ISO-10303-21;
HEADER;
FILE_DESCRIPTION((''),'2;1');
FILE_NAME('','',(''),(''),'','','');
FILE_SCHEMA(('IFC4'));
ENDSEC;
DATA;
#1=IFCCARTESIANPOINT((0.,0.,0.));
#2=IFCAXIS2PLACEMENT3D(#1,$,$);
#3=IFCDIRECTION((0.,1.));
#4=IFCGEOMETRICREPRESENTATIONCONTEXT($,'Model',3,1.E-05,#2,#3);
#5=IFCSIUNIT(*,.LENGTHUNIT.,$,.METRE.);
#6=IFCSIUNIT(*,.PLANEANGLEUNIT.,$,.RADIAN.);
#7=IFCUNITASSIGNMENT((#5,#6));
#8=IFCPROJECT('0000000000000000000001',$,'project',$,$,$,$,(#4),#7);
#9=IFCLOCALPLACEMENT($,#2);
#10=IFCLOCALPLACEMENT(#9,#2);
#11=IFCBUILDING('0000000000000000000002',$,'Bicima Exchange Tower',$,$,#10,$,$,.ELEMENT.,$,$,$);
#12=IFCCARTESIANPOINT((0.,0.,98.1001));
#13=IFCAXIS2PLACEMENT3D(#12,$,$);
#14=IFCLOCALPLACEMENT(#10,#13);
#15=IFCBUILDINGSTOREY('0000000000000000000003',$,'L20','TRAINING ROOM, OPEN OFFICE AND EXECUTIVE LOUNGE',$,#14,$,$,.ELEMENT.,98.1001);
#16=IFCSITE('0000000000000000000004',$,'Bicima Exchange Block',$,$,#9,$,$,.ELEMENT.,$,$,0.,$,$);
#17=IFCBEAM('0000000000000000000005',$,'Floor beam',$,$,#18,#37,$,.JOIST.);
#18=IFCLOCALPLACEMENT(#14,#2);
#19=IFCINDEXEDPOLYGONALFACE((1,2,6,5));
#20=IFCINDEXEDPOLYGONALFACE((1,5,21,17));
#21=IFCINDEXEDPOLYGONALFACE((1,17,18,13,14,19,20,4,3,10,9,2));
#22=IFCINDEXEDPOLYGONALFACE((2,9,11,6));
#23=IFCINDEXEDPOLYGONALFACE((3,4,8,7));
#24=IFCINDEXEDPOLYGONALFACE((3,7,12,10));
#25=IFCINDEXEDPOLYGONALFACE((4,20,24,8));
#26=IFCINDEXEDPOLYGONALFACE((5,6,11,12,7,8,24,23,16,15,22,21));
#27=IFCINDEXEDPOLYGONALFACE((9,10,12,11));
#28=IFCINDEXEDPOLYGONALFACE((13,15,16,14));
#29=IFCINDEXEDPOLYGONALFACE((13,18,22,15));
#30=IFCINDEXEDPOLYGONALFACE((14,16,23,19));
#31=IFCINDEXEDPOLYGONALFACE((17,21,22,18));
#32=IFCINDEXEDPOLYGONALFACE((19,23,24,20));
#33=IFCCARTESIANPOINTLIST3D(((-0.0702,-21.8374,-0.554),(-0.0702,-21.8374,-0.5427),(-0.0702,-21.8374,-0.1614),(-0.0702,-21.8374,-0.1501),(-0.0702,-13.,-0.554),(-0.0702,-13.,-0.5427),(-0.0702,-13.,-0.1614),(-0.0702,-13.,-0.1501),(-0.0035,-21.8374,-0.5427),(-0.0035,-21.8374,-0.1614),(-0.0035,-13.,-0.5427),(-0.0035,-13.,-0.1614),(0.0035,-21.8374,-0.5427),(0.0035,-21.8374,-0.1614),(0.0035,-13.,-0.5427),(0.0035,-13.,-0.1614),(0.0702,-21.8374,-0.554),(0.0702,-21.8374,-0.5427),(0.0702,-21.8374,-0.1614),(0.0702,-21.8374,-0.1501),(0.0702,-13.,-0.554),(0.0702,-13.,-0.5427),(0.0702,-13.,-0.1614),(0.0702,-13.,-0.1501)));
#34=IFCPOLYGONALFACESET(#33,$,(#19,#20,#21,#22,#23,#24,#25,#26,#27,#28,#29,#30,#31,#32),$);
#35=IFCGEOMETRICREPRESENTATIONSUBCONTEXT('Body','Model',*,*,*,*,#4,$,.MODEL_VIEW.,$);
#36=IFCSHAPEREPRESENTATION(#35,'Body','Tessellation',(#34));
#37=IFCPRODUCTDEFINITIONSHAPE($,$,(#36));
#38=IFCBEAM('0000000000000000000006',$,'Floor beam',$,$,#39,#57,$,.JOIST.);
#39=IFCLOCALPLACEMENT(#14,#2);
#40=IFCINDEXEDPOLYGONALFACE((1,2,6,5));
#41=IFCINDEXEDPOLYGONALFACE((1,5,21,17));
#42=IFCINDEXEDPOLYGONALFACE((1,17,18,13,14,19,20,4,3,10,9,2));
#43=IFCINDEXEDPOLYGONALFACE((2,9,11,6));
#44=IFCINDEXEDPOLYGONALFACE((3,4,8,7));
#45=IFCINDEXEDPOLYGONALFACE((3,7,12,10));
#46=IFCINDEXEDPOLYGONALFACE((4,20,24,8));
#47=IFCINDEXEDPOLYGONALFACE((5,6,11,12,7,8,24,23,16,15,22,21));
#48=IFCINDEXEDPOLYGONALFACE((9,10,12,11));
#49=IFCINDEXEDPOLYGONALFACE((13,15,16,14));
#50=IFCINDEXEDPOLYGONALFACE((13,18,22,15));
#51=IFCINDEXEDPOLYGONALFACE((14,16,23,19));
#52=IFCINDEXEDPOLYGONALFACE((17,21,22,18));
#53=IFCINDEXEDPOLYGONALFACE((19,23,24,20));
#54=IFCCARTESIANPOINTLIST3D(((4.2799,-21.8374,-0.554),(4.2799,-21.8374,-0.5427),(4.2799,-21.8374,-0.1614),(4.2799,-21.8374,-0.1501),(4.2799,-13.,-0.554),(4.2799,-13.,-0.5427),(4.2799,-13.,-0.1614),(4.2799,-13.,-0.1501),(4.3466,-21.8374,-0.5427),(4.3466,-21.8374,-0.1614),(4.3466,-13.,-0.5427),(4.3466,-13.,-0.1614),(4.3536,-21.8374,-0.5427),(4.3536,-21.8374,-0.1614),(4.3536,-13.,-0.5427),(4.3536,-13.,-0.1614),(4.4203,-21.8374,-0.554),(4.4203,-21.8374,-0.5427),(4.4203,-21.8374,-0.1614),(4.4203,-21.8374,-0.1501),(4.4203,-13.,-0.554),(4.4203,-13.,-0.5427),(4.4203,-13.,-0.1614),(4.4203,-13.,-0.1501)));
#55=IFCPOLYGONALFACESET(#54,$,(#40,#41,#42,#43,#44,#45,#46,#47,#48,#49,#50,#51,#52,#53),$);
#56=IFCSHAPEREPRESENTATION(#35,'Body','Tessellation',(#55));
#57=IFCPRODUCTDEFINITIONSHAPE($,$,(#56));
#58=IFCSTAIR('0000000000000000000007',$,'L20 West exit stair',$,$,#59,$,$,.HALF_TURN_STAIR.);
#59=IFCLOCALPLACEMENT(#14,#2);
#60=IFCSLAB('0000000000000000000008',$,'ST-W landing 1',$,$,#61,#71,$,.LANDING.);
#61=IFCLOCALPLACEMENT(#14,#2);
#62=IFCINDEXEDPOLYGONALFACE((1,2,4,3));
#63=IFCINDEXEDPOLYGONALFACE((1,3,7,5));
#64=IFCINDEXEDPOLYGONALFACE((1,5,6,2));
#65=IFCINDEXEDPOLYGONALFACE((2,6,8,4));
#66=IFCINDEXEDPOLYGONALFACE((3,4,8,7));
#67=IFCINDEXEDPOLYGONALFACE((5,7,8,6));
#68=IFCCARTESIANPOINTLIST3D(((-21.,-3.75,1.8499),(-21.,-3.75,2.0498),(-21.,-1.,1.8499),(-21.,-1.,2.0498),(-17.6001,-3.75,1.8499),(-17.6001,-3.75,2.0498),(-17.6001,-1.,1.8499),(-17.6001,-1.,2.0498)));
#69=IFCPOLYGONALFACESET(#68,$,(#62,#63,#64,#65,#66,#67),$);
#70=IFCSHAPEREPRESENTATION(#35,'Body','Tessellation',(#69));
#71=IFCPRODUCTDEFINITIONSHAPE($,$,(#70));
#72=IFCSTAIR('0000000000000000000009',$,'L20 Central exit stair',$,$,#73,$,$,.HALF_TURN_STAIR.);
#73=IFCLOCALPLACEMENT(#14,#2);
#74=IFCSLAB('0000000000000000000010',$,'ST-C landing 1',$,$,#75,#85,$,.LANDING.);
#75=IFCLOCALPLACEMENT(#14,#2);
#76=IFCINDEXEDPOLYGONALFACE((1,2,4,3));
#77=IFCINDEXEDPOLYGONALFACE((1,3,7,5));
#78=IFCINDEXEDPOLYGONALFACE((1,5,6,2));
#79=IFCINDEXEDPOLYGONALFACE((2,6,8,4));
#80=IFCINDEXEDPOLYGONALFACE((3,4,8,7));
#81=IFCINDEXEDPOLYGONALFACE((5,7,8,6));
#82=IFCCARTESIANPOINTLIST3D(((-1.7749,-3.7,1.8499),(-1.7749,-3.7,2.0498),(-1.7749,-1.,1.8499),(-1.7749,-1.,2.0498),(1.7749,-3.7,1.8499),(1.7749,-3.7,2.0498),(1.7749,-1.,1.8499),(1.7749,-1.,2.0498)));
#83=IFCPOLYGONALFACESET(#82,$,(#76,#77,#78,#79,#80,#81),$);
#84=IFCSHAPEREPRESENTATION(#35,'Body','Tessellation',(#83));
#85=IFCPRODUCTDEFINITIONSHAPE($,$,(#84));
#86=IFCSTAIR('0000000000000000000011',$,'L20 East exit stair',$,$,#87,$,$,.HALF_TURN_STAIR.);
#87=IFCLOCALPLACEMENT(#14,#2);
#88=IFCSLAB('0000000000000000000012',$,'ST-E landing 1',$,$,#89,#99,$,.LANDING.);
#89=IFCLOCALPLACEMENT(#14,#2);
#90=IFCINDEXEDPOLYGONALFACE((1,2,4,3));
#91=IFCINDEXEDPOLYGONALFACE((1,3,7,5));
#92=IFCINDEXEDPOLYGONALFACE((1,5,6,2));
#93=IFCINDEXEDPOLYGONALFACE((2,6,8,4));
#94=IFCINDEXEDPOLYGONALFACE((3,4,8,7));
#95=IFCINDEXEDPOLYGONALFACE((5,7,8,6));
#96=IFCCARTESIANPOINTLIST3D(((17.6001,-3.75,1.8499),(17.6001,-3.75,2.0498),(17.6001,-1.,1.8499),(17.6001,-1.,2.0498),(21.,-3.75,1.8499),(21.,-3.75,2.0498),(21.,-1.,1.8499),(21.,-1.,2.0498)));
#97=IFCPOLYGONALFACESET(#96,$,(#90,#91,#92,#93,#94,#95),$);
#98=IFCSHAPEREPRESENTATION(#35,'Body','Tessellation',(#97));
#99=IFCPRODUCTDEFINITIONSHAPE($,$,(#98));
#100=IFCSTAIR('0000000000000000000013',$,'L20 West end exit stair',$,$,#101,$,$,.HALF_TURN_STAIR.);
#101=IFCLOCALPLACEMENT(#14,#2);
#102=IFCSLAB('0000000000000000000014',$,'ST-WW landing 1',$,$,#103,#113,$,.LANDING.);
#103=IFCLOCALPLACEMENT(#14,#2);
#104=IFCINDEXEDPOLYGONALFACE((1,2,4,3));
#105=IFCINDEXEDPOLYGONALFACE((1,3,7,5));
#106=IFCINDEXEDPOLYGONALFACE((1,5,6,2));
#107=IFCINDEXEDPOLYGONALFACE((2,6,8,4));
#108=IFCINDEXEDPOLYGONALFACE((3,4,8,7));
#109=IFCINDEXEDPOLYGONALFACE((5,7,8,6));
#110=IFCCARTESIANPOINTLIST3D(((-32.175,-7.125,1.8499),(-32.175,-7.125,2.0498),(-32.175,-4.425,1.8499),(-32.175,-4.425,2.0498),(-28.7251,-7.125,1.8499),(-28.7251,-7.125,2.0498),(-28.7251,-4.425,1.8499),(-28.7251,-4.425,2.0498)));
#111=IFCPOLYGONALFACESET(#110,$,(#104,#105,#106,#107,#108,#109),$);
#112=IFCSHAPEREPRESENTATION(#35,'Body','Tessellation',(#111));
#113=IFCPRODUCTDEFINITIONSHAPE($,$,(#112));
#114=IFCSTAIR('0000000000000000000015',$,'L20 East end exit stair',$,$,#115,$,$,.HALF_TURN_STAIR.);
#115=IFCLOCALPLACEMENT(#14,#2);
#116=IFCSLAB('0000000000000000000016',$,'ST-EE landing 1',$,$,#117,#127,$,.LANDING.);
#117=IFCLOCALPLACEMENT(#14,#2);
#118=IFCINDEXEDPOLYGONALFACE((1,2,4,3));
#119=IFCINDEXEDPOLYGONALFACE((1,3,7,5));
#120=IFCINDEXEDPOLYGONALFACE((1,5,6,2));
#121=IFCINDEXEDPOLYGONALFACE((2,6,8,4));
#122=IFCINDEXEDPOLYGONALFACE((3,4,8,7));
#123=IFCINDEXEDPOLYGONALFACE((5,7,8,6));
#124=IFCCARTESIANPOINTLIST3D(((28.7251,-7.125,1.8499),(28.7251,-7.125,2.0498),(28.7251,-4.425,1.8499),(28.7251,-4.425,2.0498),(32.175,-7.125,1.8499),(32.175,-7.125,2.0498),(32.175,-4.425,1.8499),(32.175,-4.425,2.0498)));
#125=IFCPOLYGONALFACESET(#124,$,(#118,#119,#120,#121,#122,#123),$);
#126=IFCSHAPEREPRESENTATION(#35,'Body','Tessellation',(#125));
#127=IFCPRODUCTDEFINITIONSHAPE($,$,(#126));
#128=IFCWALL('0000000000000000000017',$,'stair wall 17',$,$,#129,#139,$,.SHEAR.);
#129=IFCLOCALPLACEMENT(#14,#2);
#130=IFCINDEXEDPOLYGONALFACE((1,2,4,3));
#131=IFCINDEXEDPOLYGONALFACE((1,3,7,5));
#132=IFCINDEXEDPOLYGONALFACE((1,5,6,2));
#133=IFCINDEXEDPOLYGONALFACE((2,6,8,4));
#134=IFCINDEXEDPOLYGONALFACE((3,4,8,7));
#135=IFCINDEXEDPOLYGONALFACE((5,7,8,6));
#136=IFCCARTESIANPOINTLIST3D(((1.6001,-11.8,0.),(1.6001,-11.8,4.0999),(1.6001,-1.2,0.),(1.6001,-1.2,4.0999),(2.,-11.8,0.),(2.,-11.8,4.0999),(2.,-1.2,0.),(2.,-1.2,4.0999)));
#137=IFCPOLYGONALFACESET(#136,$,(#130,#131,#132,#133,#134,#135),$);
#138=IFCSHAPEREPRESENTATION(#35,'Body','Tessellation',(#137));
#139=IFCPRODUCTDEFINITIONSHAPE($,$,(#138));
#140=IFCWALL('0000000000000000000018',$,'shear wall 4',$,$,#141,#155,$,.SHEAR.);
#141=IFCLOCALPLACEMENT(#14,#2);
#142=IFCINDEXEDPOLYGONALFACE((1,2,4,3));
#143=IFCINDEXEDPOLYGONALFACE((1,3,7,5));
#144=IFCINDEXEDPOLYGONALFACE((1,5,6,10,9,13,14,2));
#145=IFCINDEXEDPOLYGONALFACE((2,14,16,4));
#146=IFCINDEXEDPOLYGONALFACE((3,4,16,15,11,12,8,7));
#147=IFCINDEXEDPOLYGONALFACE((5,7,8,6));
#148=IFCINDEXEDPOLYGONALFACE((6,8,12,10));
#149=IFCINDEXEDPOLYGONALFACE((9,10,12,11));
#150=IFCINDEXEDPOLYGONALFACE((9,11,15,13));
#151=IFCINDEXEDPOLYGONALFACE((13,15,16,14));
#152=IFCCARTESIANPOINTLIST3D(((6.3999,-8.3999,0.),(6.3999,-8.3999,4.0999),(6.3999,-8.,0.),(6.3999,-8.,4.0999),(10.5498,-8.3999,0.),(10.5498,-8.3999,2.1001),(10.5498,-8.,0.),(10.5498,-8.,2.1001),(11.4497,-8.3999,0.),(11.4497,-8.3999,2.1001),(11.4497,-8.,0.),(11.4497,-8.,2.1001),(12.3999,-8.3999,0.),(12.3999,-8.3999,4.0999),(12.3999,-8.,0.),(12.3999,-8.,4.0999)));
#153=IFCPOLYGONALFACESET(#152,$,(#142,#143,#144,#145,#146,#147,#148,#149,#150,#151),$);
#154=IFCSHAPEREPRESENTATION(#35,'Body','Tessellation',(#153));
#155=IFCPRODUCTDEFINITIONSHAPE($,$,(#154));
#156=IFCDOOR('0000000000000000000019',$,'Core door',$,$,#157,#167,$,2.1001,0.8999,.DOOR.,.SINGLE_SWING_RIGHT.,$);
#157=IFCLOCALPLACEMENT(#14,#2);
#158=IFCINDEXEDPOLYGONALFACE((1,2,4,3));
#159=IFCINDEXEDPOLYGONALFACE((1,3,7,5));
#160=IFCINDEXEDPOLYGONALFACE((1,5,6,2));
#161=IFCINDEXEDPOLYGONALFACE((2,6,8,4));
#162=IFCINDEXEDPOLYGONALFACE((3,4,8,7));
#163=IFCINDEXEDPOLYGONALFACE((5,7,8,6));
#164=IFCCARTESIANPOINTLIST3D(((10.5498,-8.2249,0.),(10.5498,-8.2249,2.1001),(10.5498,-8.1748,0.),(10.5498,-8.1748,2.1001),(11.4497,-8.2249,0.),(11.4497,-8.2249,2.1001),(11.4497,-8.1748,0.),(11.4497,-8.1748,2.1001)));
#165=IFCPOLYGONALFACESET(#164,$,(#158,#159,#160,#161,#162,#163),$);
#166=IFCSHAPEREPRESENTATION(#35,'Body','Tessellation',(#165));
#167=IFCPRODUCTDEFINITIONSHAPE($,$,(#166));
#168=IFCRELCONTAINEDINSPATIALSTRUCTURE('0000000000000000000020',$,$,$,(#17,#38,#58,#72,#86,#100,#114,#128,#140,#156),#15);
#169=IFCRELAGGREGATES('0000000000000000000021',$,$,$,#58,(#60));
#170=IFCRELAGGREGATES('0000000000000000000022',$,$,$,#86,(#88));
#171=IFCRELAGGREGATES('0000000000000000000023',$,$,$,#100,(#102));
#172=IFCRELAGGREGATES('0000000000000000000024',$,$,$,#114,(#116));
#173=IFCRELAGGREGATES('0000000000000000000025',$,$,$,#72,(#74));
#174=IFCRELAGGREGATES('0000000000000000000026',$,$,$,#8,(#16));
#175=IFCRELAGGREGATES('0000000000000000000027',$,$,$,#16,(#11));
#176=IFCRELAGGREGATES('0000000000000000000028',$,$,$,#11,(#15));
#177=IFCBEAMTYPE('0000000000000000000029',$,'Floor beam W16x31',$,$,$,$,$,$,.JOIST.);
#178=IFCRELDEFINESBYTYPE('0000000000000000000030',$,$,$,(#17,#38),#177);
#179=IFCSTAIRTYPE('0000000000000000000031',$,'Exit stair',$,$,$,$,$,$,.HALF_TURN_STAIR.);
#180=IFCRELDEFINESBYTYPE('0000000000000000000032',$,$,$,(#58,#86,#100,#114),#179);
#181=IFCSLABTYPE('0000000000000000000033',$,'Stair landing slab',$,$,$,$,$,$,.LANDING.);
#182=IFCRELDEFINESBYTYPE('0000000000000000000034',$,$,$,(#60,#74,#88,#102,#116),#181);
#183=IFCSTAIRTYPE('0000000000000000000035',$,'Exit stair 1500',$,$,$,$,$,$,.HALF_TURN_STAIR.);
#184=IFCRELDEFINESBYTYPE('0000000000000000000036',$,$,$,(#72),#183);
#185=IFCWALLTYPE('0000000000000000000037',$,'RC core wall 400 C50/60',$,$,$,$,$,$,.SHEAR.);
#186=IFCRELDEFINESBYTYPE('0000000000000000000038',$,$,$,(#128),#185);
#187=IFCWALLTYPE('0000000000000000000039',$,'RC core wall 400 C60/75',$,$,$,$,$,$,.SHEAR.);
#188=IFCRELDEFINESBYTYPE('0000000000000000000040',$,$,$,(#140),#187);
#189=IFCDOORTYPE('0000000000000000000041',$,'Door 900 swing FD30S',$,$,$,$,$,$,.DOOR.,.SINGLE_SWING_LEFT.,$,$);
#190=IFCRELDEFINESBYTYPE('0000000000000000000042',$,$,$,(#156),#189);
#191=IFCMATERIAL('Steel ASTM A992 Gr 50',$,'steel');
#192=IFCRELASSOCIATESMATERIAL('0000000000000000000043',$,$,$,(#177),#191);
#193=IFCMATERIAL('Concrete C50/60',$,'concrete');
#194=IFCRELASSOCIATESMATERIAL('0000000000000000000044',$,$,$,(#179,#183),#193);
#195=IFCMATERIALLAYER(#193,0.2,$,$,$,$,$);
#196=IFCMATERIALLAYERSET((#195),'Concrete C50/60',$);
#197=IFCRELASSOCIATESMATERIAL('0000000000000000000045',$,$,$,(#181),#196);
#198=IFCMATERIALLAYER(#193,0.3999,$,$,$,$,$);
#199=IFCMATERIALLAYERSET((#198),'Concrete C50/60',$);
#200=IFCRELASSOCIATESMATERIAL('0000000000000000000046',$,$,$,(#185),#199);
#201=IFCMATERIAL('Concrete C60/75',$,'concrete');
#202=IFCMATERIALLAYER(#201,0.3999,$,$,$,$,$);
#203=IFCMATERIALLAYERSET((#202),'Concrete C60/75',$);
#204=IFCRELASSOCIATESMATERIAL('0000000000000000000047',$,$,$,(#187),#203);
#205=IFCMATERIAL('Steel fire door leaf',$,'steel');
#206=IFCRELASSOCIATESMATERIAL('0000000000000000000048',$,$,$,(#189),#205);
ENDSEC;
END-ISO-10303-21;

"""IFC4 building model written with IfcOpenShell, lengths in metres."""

from ifc_helpers import new_model, si_unit, direction, frame, frame_2d, origin, origin_2d, place, context, subcontext, project, spatial, polyline, rectangle, i_section, outline, extrude, material, layer, layer_set, material_profile, profile_set, type_object, element, fill, aggregate, save


model = new_model("IFC4")

# Units and contexts
model_context = context("Model", 3, precision=1e-05, world=origin(), true_north=direction((0.0, 1.0)))
body_context = subcontext(model_context, "Body", "Model", "MODEL_VIEW")
ifc_project = project(units=[si_unit("LENGTHUNIT", "METRE"), si_unit("PLANEANGLEUNIT", "RADIAN")], contexts=[model_context])

# Site, building, storey
site_placement = place(None, origin())
site = spatial("IfcSite", under=ifc_project, at=site_placement, Name="Bicima Exchange Block", CompositionType="ELEMENT", RefElevation=0.0)
building_placement = place(site_placement, origin())
building = spatial("IfcBuilding", under=site, at=building_placement, Name="Bicima Exchange Tower", CompositionType="ELEMENT")
storey_placement = place(building_placement, frame((0.0, 0.0, 98.1001)))
storey = spatial("IfcBuildingStorey", under=building, at=storey_placement, Name="L20", Description="TRAINING ROOM, OPEN OFFICE AND EXECUTIVE LOUNGE", CompositionType="ELEMENT", Elevation=98.1001)

# Beams
ifc_material_1 = material(Name="Steel ASTM A992 Gr 50", Category="steel")
ifc_material_profile = material_profile(ifc_material_1, i_section(OverallWidth=0.1404, OverallDepth=0.4038, WebThickness=0.0071, FlangeThickness=0.0112, at=origin_2d()))
ifc_profile_set = profile_set([ifc_material_profile], Name="Steel ASTM A992 Gr 50")
beam_type = type_object("IfcBeamType", Name="Floor beam W16x31", PredefinedType="JOIST", material=ifc_profile_set)
for number, where, z_axis, x_axis, name in (
    (1, (0.0, -13.0, -0.3521), (0.0, -1.0, 0.0), (1.0, 0.0, 0.0), "Floor beam"),
    (2, (4.3501, -13.0, -0.3521), (0.0, -1.0, 0.0), (1.0, 0.0, 0.0), "Floor beam"),
):
    element("IfcBeam", number, at=place(storey_placement, frame(where, z_axis=z_axis, x_axis=x_axis)), inside=storey, type_object=beam_type, Name=name, PredefinedType="JOIST", context=body_context, shape_type="SweptSolid", body=[
        extrude(i_section(OverallWidth=0.1404, OverallDepth=0.4038, WebThickness=0.0071, FlangeThickness=0.0112, at=origin_2d()), origin(), (0.0, 0.0, 1.0), 8.8374),
    ])

# Stairs, slabs
ifc_material_2 = material(Name="Concrete C50/60", Category="concrete")
stair_type_1 = type_object("IfcStairType", Name="Exit stair", PredefinedType="HALF_TURN_STAIR", material=ifc_material_2)
stair_1_placement = place(storey_placement, origin())
stair_1 = element("IfcStair", 3, at=stair_1_placement, inside=storey, type_object=stair_type_1, Name="L20 West exit stair", PredefinedType="HALF_TURN_STAIR")
ifc_layer_1 = layer(ifc_material_2, 0.2)
ifc_layer_set_1 = layer_set([ifc_layer_1], Name="Concrete C50/60")
slab_type = type_object("IfcSlabType", Name="Stair landing slab", PredefinedType="LANDING", material=ifc_layer_set_1)
slab_1_placement = place(storey_placement, frame((0.0, 0.0, 1.8499)))
slab_1 = element("IfcSlab", 4, at=slab_1_placement, type_object=slab_type, Name="ST-W landing 1", PredefinedType="LANDING", context=body_context, shape_type="SweptSolid", body=[
    extrude(outline(polyline([(-17.6001, -3.75), (-17.6001, -1.0), (-21.0, -1.0), (-21.0, -3.75), (-17.6001, -3.75)])), origin(), (0.0, 0.0, 1.0), 0.2),
])
aggregate(stair_1, [slab_1])
stair_type_2 = type_object("IfcStairType", Name="Exit stair 1500", PredefinedType="HALF_TURN_STAIR", material=ifc_material_2)
stair_2_placement = place(storey_placement, origin())
stair_2 = element("IfcStair", 5, at=stair_2_placement, inside=storey, type_object=stair_type_2, Name="L20 Central exit stair", PredefinedType="HALF_TURN_STAIR")
slab_2_placement = place(storey_placement, frame((0.0, 0.0, 1.8499)))
slab_2 = element("IfcSlab", 6, at=slab_2_placement, type_object=slab_type, Name="ST-C landing 1", PredefinedType="LANDING", context=body_context, shape_type="SweptSolid", body=[
    extrude(outline(polyline([(1.7749, -3.7), (1.7749, -1.0), (-1.7749, -1.0), (-1.7749, -3.7), (1.7749, -3.7)])), origin(), (0.0, 0.0, 1.0), 0.2),
])
stair_3_placement = place(storey_placement, origin())
stair_3 = element("IfcStair", 7, at=stair_3_placement, inside=storey, type_object=stair_type_1, Name="L20 East exit stair", PredefinedType="HALF_TURN_STAIR")
slab_3_placement = place(storey_placement, frame((0.0, 0.0, 1.8499)))
slab_3 = element("IfcSlab", 8, at=slab_3_placement, type_object=slab_type, Name="ST-E landing 1", PredefinedType="LANDING", context=body_context, shape_type="SweptSolid", body=[
    extrude(outline(polyline([(21.0, -3.75), (21.0, -1.0), (17.6001, -1.0), (17.6001, -3.75), (21.0, -3.75)])), origin(), (0.0, 0.0, 1.0), 0.2),
])
aggregate(stair_3, [slab_3])
stair_4_placement = place(storey_placement, origin())
stair_4 = element("IfcStair", 9, at=stair_4_placement, inside=storey, type_object=stair_type_1, Name="L20 West end exit stair", PredefinedType="HALF_TURN_STAIR")
slab_4_placement = place(storey_placement, frame((0.0, 0.0, 1.8499)))
slab_4 = element("IfcSlab", 10, at=slab_4_placement, type_object=slab_type, Name="ST-WW landing 1", PredefinedType="LANDING", context=body_context, shape_type="SweptSolid", body=[
    extrude(outline(polyline([(-28.7251, -7.125), (-28.7251, -4.425), (-32.175, -4.425), (-32.175, -7.125), (-28.7251, -7.125)])), origin(), (0.0, 0.0, 1.0), 0.2),
])
aggregate(stair_4, [slab_4])
stair_5_placement = place(storey_placement, origin())
stair_5 = element("IfcStair", 11, at=stair_5_placement, inside=storey, type_object=stair_type_1, Name="L20 East end exit stair", PredefinedType="HALF_TURN_STAIR")
slab_5_placement = place(storey_placement, frame((0.0, 0.0, 1.8499)))
slab_5 = element("IfcSlab", 12, at=slab_5_placement, type_object=slab_type, Name="ST-EE landing 1", PredefinedType="LANDING", context=body_context, shape_type="SweptSolid", body=[
    extrude(outline(polyline([(32.175, -7.125), (32.175, -4.425), (28.7251, -4.425), (28.7251, -7.125), (32.175, -7.125)])), origin(), (0.0, 0.0, 1.0), 0.2),
])
aggregate(stair_5, [slab_5])

# Wall
ifc_layer_2 = layer(ifc_material_2, 0.3999)
ifc_layer_set_2 = layer_set([ifc_layer_2], Name="Concrete C50/60")
wall_type_1 = type_object("IfcWallType", Name="RC core wall 400 C50/60", PredefinedType="SHEAR", material=ifc_layer_set_2)
wall_1_placement = place(storey_placement, frame((1.8, -11.8, 0.0), z_axis=(0.0, 0.0, 1.0), x_axis=(0.0, 1.0, 0.0)))
element("IfcWall", 13, at=wall_1_placement, inside=storey, type_object=wall_type_1, Name="stair wall 17", PredefinedType="SHEAR", context=body_context, shape_type="SweptSolid", body=[
    extrude(rectangle(XDim=10.6001, YDim=0.3999, at=frame_2d((5.3, 0.0))), origin(), (0.0, 0.0, 1.0), 4.0999),
])

# Wall, opening, door
ifc_material_3 = material(Name="Concrete C60/75", Category="concrete")
ifc_layer_3 = layer(ifc_material_3, 0.3999)
ifc_layer_set_3 = layer_set([ifc_layer_3], Name="Concrete C60/75")
wall_type_2 = type_object("IfcWallType", Name="RC core wall 400 C60/75", PredefinedType="SHEAR", material=ifc_layer_set_3)
wall_2_placement = place(storey_placement, frame((6.3999, -8.2, 0.0), z_axis=(0.0, 0.0, 1.0), x_axis=(1.0, 0.0, 0.0)))
wall_2 = element("IfcWall", 14, at=wall_2_placement, inside=storey, type_object=wall_type_2, Name="shear wall 4", PredefinedType="SHEAR", context=body_context, shape_type="SweptSolid", body=[
    extrude(rectangle(XDim=6.0, YDim=0.3999, at=frame_2d((3.0, 0.0))), origin(), (0.0, 0.0, 1.0), 4.0999),
])
opening_1_placement = place(wall_2_placement, frame((4.1499, 0.0, 0.0)))
opening_1 = element("IfcOpeningElement", 15, at=opening_1_placement, cuts=wall_2, PredefinedType="OPENING", context=body_context, shape_type="SweptSolid", body=[
    extrude(rectangle(XDim=0.8999, YDim=2.1001, at=frame_2d((0.45, 1.05))), frame((0.0, 0.2119, 0.0), z_axis=(0.0, -1.0, 0.0), x_axis=(1.0, 0.0, 0.0)), (0.0, 0.0, 1.0), 0.4238),
])
ifc_material_4 = material(Name="Steel fire door leaf", Category="steel")
door_type_1 = type_object("IfcDoorType", Name="Door 900 swing FD30S", OperationType="SINGLE_SWING_LEFT", PredefinedType="DOOR", material=ifc_material_4)
door_1_placement = place(opening_1_placement, frame((0.8999, 0.0, 0.0), z_axis=(0.0, 0.0, 1.0), x_axis=(-1.0, 0.0, 0.0)))
door_1 = element("IfcDoor", 16, at=door_1_placement, inside=storey, type_object=door_type_1, Name="Core door", OperationType="SINGLE_SWING_RIGHT", OverallHeight=2.1001, OverallWidth=0.8999, PredefinedType="DOOR", context=body_context, shape_type="SweptSolid", body=[
    extrude(rectangle(XDim=0.8999, YDim=2.1001, at=frame_2d((0.45, 1.05))), frame((0.0, 0.0249, 0.0), z_axis=(0.0, -1.0, 0.0), x_axis=(1.0, 0.0, 0.0)), (0.0, 0.0, 1.0), 0.05),
])
fill(opening_1, door_1)

aggregate(stair_2, [slab_2])

save(model, "model.ifc")
